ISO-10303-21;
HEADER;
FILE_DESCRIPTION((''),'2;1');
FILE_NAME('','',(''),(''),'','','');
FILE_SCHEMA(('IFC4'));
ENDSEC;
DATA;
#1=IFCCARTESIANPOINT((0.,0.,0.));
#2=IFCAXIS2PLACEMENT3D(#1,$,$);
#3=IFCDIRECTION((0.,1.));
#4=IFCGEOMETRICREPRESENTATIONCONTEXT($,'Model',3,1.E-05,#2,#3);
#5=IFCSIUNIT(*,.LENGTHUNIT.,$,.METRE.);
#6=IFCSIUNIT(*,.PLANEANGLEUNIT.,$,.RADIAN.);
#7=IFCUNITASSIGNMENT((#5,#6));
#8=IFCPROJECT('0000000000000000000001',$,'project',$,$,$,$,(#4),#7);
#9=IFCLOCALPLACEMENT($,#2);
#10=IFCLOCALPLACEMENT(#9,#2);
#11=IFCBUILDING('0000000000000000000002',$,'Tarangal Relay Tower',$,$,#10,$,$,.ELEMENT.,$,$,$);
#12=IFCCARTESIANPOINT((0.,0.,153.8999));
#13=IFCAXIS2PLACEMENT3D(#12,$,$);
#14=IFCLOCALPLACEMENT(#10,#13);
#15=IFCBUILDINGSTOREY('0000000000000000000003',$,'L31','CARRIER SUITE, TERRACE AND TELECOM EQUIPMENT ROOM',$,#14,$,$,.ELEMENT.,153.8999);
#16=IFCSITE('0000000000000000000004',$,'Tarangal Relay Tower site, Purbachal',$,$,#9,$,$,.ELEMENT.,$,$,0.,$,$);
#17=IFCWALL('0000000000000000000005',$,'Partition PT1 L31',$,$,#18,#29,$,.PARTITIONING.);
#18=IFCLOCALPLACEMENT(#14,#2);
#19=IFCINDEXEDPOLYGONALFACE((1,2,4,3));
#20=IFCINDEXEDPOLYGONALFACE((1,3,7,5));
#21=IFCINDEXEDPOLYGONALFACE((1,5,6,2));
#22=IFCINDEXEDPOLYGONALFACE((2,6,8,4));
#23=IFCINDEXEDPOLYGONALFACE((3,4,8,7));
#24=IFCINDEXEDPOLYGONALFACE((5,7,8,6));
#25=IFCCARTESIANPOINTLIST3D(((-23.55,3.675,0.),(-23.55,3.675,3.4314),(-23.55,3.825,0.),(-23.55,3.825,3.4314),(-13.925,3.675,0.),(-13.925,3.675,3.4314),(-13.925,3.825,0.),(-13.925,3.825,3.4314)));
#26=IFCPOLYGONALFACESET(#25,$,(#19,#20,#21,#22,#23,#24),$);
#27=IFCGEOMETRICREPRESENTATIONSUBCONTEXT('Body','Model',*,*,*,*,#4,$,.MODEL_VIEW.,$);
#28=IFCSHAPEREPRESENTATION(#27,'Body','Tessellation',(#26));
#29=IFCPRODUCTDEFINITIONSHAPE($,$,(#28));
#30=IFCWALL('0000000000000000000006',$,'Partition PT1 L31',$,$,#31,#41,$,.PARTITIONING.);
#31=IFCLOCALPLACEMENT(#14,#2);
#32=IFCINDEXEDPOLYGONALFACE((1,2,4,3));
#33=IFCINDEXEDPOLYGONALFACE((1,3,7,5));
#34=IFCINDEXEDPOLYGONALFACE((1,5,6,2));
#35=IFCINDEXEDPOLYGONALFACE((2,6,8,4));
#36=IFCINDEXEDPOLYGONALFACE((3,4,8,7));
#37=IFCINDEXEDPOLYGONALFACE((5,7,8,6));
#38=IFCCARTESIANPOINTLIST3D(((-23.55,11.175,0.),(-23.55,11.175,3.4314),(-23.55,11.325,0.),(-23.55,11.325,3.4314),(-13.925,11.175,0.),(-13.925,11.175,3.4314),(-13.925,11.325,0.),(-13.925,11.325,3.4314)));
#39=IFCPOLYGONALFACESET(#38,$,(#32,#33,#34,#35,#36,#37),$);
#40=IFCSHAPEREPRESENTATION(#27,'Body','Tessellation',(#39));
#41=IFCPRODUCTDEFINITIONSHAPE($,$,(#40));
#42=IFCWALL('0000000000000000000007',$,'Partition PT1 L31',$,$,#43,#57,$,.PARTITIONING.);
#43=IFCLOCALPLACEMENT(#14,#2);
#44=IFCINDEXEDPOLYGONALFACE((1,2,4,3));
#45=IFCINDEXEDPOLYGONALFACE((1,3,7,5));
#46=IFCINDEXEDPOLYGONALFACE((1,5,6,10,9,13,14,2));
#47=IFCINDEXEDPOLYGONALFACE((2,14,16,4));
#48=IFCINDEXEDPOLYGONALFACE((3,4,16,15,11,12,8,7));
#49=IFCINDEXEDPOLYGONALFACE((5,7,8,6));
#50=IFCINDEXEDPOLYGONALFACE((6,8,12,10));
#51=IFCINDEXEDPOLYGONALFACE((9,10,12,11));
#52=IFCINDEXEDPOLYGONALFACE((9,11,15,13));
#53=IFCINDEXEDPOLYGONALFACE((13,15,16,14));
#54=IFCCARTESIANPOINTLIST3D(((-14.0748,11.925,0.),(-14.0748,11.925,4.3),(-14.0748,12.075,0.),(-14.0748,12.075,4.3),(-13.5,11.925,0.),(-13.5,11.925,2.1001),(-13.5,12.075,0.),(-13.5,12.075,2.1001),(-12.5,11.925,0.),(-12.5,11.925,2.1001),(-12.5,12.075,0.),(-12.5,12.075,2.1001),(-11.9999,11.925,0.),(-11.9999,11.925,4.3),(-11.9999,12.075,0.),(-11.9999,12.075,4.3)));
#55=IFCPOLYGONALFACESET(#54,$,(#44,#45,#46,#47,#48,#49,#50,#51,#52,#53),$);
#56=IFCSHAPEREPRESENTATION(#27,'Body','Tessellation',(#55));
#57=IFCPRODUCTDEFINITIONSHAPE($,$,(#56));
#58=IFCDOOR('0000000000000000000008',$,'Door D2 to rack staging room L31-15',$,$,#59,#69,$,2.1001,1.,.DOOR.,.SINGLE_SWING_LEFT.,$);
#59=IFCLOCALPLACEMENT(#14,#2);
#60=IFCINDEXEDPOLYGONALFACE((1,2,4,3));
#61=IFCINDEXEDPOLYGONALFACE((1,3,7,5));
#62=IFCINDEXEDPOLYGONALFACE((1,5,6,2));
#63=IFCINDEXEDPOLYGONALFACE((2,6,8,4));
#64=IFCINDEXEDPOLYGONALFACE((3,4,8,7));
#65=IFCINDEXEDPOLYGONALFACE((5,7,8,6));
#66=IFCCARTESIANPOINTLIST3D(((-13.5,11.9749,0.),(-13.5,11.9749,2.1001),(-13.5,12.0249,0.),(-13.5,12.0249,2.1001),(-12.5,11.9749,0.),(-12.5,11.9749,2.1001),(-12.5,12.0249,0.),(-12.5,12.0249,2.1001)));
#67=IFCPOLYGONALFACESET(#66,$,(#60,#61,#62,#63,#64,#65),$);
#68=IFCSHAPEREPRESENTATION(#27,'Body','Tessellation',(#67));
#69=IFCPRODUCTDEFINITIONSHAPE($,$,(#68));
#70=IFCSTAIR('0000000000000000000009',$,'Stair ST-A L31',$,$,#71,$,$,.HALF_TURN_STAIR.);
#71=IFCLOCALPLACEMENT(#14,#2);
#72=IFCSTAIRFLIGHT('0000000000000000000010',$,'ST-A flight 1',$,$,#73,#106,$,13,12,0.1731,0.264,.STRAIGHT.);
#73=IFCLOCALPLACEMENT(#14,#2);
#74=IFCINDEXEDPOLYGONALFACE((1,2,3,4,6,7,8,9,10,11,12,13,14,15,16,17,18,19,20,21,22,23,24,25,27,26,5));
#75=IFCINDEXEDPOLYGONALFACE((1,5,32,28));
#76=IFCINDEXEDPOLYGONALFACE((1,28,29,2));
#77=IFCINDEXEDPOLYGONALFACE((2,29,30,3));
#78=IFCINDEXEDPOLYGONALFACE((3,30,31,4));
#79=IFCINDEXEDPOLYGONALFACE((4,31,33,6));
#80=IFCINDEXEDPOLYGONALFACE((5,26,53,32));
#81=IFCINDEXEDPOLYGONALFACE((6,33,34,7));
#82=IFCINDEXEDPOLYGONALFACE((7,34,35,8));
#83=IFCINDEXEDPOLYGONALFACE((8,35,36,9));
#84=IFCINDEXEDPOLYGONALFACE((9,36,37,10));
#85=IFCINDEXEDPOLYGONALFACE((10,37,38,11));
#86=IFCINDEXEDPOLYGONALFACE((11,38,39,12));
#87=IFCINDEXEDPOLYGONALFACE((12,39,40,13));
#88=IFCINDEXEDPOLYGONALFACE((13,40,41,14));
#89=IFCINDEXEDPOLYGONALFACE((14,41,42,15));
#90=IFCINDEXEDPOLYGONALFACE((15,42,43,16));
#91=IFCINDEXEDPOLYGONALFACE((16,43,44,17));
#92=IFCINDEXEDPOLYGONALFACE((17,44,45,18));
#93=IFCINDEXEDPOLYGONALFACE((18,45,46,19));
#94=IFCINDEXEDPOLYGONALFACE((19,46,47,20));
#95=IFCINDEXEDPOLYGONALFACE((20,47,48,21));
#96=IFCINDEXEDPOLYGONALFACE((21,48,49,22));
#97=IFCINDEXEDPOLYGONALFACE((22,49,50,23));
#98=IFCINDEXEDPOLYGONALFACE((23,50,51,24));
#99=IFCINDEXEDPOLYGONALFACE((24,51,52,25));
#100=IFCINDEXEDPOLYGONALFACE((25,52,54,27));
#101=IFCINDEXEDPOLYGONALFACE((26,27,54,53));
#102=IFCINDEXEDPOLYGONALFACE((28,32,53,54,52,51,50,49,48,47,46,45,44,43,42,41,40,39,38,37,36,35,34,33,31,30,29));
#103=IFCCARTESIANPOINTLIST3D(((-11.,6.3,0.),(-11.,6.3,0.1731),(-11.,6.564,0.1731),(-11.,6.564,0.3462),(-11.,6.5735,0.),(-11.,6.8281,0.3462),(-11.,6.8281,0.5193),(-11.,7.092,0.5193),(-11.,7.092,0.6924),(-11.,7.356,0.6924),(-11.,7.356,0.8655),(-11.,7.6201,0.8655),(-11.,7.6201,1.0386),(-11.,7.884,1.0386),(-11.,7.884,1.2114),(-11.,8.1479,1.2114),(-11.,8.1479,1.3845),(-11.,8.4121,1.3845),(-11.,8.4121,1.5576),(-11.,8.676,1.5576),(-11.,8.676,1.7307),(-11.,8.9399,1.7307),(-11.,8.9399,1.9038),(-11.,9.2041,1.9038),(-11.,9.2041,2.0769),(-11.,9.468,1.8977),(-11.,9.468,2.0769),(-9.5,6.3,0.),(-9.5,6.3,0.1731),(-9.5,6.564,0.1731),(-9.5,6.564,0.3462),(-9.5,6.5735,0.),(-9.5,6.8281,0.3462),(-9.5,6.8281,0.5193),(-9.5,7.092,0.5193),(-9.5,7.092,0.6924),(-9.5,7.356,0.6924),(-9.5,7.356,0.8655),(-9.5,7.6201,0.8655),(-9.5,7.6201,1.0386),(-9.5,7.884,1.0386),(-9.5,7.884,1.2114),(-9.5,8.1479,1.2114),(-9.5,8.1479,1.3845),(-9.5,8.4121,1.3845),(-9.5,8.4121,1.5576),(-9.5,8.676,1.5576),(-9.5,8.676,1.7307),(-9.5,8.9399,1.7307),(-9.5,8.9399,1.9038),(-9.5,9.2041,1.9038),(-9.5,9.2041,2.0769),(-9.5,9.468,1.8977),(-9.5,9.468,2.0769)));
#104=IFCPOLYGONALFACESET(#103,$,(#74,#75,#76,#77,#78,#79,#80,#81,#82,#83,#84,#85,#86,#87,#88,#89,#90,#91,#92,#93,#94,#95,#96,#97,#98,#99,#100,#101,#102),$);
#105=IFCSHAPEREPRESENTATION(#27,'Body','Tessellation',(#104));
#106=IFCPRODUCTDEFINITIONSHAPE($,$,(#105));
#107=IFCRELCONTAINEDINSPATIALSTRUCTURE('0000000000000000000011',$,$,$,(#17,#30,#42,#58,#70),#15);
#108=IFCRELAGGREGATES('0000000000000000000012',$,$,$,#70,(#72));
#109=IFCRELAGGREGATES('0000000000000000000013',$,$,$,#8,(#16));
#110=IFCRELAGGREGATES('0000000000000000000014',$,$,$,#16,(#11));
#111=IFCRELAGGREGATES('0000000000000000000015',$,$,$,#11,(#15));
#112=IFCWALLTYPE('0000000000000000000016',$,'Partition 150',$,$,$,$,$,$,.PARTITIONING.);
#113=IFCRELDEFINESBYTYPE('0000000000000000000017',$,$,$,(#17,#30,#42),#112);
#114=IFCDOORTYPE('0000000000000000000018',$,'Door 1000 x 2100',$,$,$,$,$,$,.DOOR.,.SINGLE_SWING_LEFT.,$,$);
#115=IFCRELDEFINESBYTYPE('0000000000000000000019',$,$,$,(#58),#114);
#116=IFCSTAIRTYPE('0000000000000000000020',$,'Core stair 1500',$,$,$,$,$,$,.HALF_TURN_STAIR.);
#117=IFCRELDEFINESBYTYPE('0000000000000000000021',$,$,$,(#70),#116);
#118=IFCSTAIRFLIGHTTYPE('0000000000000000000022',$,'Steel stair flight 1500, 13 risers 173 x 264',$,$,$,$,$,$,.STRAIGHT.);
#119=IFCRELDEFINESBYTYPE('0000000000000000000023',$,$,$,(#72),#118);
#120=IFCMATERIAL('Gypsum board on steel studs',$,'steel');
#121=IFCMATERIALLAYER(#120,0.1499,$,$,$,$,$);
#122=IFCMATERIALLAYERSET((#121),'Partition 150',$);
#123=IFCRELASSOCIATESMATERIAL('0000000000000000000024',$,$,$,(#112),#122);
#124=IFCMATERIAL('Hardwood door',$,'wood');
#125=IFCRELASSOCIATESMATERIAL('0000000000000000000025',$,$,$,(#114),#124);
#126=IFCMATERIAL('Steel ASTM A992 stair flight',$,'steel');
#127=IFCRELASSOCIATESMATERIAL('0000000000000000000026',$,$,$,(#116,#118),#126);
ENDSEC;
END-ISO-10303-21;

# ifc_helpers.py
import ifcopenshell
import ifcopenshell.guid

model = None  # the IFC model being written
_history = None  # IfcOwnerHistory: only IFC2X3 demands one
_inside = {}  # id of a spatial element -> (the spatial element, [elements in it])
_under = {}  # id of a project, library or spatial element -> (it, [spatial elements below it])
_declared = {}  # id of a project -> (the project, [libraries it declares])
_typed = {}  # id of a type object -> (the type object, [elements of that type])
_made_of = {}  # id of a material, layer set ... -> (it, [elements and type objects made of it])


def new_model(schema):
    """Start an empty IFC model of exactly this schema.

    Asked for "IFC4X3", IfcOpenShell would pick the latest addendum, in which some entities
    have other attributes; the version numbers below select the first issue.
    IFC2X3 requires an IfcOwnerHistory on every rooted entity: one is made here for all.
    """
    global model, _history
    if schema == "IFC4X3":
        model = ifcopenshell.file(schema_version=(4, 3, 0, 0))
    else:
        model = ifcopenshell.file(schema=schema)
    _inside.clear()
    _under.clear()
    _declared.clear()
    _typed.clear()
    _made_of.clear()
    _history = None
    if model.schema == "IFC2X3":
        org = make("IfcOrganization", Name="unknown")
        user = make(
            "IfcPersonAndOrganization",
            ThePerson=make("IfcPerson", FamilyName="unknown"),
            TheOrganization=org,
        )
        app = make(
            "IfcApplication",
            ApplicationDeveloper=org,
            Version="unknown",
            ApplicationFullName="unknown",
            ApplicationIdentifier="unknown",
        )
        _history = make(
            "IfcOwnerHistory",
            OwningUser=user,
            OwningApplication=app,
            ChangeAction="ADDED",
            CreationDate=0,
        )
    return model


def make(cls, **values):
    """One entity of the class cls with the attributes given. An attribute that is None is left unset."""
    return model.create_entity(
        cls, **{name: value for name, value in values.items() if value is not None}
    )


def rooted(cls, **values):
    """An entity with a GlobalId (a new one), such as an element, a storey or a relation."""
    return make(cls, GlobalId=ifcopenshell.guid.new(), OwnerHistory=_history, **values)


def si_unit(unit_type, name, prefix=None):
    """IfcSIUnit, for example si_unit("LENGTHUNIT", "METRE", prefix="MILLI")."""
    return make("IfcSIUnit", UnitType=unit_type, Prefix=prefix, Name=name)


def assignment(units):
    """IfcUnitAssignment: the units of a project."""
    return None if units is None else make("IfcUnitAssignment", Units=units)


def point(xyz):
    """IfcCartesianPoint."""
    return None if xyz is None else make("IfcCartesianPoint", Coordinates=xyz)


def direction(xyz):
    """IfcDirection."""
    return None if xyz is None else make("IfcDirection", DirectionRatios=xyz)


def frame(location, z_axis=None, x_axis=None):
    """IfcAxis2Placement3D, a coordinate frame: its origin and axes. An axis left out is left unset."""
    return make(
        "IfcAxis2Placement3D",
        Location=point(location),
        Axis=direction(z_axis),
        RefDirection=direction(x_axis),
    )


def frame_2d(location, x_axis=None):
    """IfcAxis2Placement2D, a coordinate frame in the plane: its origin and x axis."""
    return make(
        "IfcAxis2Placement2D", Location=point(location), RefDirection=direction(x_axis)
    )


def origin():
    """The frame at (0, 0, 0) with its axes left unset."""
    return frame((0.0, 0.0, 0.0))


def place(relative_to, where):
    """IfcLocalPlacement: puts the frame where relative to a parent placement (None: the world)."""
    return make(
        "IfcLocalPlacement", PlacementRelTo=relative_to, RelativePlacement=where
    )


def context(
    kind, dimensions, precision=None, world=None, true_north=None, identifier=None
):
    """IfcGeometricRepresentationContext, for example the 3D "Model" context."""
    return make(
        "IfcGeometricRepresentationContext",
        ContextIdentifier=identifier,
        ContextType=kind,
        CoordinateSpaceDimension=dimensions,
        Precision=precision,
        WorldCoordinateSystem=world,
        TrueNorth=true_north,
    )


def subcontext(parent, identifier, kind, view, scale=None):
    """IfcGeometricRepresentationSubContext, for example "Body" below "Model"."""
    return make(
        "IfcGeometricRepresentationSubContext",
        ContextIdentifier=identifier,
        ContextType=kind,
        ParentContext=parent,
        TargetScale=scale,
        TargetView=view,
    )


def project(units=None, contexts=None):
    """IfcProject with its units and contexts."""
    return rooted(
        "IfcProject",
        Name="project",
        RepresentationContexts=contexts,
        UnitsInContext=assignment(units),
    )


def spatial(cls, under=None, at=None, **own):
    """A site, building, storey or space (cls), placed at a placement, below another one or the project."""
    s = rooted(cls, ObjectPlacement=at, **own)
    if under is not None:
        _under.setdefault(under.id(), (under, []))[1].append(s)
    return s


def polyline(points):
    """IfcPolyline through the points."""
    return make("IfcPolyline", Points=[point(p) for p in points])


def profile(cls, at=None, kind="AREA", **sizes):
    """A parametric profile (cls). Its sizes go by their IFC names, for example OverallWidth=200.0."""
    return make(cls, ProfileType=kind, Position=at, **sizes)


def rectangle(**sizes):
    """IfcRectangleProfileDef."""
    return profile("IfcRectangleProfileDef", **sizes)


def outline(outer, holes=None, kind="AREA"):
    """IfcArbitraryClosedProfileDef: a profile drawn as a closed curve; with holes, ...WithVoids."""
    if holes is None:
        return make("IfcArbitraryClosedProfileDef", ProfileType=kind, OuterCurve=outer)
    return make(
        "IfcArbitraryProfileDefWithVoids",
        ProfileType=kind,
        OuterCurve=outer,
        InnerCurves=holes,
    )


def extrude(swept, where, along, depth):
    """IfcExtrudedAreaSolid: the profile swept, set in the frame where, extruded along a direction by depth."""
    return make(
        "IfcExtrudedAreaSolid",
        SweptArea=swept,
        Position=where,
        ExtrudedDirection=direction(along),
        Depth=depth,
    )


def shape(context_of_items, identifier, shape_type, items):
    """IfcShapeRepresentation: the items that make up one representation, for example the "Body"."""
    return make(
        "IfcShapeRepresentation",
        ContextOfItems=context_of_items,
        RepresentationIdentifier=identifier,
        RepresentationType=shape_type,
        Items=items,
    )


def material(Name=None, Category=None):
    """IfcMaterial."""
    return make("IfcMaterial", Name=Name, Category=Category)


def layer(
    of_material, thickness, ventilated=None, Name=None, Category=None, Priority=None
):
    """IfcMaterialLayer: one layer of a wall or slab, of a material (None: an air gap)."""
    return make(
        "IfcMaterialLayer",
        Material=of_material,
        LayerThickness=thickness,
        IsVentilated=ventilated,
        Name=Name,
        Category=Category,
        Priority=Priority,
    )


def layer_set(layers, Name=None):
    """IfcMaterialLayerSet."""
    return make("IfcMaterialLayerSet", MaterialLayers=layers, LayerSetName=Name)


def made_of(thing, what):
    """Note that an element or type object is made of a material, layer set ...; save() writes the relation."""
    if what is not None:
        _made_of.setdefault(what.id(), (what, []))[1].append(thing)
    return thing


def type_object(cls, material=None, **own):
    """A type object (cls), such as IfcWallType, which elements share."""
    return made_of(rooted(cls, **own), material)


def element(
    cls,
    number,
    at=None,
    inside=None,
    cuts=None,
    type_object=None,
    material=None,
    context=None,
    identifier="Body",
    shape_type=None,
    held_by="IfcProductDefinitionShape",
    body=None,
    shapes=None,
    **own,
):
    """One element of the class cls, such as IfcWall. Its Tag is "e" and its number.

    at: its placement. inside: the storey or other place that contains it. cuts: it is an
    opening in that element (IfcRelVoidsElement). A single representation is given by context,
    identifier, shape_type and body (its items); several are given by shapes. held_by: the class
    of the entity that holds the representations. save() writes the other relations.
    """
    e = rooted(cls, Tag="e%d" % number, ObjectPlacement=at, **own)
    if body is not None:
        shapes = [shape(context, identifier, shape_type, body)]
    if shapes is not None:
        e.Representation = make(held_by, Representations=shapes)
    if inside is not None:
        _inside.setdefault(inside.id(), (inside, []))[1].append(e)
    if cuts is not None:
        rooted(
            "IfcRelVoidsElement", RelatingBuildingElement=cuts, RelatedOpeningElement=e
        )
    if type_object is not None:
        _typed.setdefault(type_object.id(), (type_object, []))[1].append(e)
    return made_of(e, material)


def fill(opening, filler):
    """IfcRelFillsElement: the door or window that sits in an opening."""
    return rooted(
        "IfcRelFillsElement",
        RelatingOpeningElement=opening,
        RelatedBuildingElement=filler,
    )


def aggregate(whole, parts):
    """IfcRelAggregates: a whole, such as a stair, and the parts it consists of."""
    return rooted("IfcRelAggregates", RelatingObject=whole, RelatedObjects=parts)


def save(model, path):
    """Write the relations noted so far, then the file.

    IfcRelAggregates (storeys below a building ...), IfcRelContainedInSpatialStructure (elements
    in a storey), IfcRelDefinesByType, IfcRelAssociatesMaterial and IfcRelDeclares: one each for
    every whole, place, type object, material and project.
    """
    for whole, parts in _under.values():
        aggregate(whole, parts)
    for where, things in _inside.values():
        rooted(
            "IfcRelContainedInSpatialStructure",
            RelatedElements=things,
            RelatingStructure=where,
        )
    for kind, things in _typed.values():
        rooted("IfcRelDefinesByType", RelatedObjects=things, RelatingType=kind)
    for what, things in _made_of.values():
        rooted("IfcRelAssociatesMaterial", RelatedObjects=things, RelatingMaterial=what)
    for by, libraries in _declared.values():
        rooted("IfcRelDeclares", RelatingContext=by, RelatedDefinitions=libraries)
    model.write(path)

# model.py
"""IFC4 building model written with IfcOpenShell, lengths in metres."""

from ifc_helpers import new_model, si_unit, direction, frame, frame_2d, origin, place, context, subcontext, project, spatial, polyline, rectangle, outline, extrude, material, layer, layer_set, type_object, element, fill, aggregate, save


model = new_model("IFC4")

# Units and contexts
model_context = context("Model", 3, precision=1e-05, world=origin(), true_north=direction((0.0, 1.0)))
body_context = subcontext(model_context, "Body", "Model", "MODEL_VIEW")
ifc_project = project(units=[si_unit("LENGTHUNIT", "METRE"), si_unit("PLANEANGLEUNIT", "RADIAN")], contexts=[model_context])

# Site, building, storey
site_placement = place(None, origin())
site = spatial("IfcSite", under=ifc_project, at=site_placement, Name="Tarangal Relay Tower site, Purbachal", CompositionType="ELEMENT", RefElevation=0.0)
building_placement = place(site_placement, origin())
building = spatial("IfcBuilding", under=site, at=building_placement, Name="Tarangal Relay Tower", CompositionType="ELEMENT")
storey_placement = place(building_placement, frame((0.0, 0.0, 153.8999)))
storey = spatial("IfcBuildingStorey", under=building, at=storey_placement, Name="L31", Description="CARRIER SUITE, TERRACE AND TELECOM EQUIPMENT ROOM", CompositionType="ELEMENT", Elevation=153.8999)

# Walls
ifc_material_1 = material(Name="Gypsum board on steel studs", Category="steel")
ifc_layer_1 = layer(ifc_material_1, 0.1499)
ifc_layer_set_1 = layer_set([ifc_layer_1], Name="Partition 150")
wall_type_1 = type_object("IfcWallType", Name="Partition 150", PredefinedType="PARTITIONING", material=ifc_layer_set_1)
for number, where, z_axis, x_axis, name in (
    (1, (-23.55, 3.75, 0.0), (0.0, 0.0, 1.0), (1.0, 0.0, 0.0), "Partition PT1 L31"),
    (2, (-23.55, 11.25, 0.0), (0.0, 0.0, 1.0), (1.0, 0.0, 0.0), "Partition PT1 L31"),
):
    element("IfcWall", number, at=place(storey_placement, frame(where, z_axis=z_axis, x_axis=x_axis)), inside=storey, type_object=wall_type_1, Name=name, PredefinedType="PARTITIONING", context=body_context, shape_type="SweptSolid", body=[
        extrude(rectangle(XDim=9.625, YDim=0.1499, at=frame_2d((4.8125, 0.0))), origin(), (0.0, 0.0, 1.0), 3.4314),
    ])

# Wall, opening, door
wall_1_placement = place(storey_placement, frame((-14.075, 12.0, 0.0), z_axis=(0.0, 0.0, 1.0), x_axis=(1.0, 0.0, 0.0)))
wall_1 = element("IfcWall", 3, at=wall_1_placement, inside=storey, type_object=wall_type_1, Name="Partition PT1 L31", PredefinedType="PARTITIONING", context=body_context, shape_type="SweptSolid", body=[
    extrude(rectangle(XDim=2.075, YDim=0.1499, at=frame_2d((1.0376, 0.0))), origin(), (0.0, 0.0, 1.0), 4.3),
])
opening_1_placement = place(wall_1_placement, frame((0.575, 0.0, 0.0)))
opening_1 = element("IfcOpeningElement", 4, at=opening_1_placement, cuts=wall_1, PredefinedType="OPENING", context=body_context, shape_type="SweptSolid", body=[
    extrude(rectangle(XDim=1.0, YDim=2.1001, at=frame_2d((0.5, 1.05))), frame((0.0, 0.085, 0.0), z_axis=(0.0, -1.0, 0.0), x_axis=(1.0, 0.0, 0.0)), (0.0, 0.0, 1.0), 0.1699),
])
ifc_material_2 = material(Name="Hardwood door", Category="wood")
door_type_1 = type_object("IfcDoorType", Name="Door 1000 x 2100", OperationType="SINGLE_SWING_LEFT", PredefinedType="DOOR", material=ifc_material_2)
door_1_placement = place(opening_1_placement, origin())
door_1 = element("IfcDoor", 5, at=door_1_placement, inside=storey, type_object=door_type_1, Name="Door D2 to rack staging room L31-15", OperationType="SINGLE_SWING_LEFT", OverallHeight=2.1001, OverallWidth=1.0, PredefinedType="DOOR", context=body_context, shape_type="SweptSolid", body=[
    extrude(rectangle(XDim=1.0, YDim=2.1001, at=frame_2d((0.5, 1.05))), frame((0.0, 0.0249, 0.0), z_axis=(0.0, -1.0, 0.0), x_axis=(1.0, 0.0, 0.0)), (0.0, 0.0, 1.0), 0.05),
])
fill(opening_1, door_1)

# Stair, stair flight
ifc_material_3 = material(Name="Steel ASTM A992 stair flight", Category="steel")
stair_type = type_object("IfcStairType", Name="Core stair 1500", PredefinedType="HALF_TURN_STAIR", material=ifc_material_3)
stair_placement = place(storey_placement, origin())
stair = element("IfcStair", 6, at=stair_placement, inside=storey, type_object=stair_type, Name="Stair ST-A L31", PredefinedType="HALF_TURN_STAIR")
stair_flight_type = type_object("IfcStairFlightType", Name="Steel stair flight 1500, 13 risers 173 x 264", PredefinedType="STRAIGHT", material=ifc_material_3)
stair_flight_placement = place(storey_placement, frame((-10.25, 6.3, 0.0), z_axis=(0.0, 0.0, 1.0), x_axis=(0.0, 1.0, 0.0)))
stair_flight = element("IfcStairFlight", 7, at=stair_flight_placement, type_object=stair_flight_type, Name="ST-A flight 1", NumberOfRisers=13, NumberOfTreads=12, PredefinedType="STRAIGHT", RiserHeight=0.1731, TreadLength=0.264, context=body_context, shape_type="SweptSolid", body=[
    extrude(outline(polyline([(0.0, 0.0), (0.0, 0.1731), (0.2639, 0.1731), (0.2639, 0.3462), (0.5281, 0.3462), (0.5281, 0.5193), (0.792, 0.5193), (0.792, 0.6924), (1.0559, 0.6924), (1.0559, 0.8655), (1.3201, 0.8655), (1.3201, 1.0386), (1.584, 1.0386), (1.584, 1.2114), (1.8479, 1.2114), (1.8479, 1.3845), (2.1121, 1.3845), (2.1121, 1.5576), (2.376, 1.5576), (2.376, 1.7307), (2.6399, 1.7307), (2.6399, 1.9038), (2.9041, 1.9038), (2.9041, 2.0769), (3.168, 2.0769), (3.168, 2.25), (3.168, 1.8977), (0.2734, 0.0), (0.0, 0.0)])), frame((0.0, 0.75, 0.0), z_axis=(0.0, -1.0, 0.0), x_axis=(1.0, 0.0, 0.0)), (0.0, 0.0, 1.0), 1.5),
])
aggregate(stair, [stair_flight])

save(model, "model.ifc")
